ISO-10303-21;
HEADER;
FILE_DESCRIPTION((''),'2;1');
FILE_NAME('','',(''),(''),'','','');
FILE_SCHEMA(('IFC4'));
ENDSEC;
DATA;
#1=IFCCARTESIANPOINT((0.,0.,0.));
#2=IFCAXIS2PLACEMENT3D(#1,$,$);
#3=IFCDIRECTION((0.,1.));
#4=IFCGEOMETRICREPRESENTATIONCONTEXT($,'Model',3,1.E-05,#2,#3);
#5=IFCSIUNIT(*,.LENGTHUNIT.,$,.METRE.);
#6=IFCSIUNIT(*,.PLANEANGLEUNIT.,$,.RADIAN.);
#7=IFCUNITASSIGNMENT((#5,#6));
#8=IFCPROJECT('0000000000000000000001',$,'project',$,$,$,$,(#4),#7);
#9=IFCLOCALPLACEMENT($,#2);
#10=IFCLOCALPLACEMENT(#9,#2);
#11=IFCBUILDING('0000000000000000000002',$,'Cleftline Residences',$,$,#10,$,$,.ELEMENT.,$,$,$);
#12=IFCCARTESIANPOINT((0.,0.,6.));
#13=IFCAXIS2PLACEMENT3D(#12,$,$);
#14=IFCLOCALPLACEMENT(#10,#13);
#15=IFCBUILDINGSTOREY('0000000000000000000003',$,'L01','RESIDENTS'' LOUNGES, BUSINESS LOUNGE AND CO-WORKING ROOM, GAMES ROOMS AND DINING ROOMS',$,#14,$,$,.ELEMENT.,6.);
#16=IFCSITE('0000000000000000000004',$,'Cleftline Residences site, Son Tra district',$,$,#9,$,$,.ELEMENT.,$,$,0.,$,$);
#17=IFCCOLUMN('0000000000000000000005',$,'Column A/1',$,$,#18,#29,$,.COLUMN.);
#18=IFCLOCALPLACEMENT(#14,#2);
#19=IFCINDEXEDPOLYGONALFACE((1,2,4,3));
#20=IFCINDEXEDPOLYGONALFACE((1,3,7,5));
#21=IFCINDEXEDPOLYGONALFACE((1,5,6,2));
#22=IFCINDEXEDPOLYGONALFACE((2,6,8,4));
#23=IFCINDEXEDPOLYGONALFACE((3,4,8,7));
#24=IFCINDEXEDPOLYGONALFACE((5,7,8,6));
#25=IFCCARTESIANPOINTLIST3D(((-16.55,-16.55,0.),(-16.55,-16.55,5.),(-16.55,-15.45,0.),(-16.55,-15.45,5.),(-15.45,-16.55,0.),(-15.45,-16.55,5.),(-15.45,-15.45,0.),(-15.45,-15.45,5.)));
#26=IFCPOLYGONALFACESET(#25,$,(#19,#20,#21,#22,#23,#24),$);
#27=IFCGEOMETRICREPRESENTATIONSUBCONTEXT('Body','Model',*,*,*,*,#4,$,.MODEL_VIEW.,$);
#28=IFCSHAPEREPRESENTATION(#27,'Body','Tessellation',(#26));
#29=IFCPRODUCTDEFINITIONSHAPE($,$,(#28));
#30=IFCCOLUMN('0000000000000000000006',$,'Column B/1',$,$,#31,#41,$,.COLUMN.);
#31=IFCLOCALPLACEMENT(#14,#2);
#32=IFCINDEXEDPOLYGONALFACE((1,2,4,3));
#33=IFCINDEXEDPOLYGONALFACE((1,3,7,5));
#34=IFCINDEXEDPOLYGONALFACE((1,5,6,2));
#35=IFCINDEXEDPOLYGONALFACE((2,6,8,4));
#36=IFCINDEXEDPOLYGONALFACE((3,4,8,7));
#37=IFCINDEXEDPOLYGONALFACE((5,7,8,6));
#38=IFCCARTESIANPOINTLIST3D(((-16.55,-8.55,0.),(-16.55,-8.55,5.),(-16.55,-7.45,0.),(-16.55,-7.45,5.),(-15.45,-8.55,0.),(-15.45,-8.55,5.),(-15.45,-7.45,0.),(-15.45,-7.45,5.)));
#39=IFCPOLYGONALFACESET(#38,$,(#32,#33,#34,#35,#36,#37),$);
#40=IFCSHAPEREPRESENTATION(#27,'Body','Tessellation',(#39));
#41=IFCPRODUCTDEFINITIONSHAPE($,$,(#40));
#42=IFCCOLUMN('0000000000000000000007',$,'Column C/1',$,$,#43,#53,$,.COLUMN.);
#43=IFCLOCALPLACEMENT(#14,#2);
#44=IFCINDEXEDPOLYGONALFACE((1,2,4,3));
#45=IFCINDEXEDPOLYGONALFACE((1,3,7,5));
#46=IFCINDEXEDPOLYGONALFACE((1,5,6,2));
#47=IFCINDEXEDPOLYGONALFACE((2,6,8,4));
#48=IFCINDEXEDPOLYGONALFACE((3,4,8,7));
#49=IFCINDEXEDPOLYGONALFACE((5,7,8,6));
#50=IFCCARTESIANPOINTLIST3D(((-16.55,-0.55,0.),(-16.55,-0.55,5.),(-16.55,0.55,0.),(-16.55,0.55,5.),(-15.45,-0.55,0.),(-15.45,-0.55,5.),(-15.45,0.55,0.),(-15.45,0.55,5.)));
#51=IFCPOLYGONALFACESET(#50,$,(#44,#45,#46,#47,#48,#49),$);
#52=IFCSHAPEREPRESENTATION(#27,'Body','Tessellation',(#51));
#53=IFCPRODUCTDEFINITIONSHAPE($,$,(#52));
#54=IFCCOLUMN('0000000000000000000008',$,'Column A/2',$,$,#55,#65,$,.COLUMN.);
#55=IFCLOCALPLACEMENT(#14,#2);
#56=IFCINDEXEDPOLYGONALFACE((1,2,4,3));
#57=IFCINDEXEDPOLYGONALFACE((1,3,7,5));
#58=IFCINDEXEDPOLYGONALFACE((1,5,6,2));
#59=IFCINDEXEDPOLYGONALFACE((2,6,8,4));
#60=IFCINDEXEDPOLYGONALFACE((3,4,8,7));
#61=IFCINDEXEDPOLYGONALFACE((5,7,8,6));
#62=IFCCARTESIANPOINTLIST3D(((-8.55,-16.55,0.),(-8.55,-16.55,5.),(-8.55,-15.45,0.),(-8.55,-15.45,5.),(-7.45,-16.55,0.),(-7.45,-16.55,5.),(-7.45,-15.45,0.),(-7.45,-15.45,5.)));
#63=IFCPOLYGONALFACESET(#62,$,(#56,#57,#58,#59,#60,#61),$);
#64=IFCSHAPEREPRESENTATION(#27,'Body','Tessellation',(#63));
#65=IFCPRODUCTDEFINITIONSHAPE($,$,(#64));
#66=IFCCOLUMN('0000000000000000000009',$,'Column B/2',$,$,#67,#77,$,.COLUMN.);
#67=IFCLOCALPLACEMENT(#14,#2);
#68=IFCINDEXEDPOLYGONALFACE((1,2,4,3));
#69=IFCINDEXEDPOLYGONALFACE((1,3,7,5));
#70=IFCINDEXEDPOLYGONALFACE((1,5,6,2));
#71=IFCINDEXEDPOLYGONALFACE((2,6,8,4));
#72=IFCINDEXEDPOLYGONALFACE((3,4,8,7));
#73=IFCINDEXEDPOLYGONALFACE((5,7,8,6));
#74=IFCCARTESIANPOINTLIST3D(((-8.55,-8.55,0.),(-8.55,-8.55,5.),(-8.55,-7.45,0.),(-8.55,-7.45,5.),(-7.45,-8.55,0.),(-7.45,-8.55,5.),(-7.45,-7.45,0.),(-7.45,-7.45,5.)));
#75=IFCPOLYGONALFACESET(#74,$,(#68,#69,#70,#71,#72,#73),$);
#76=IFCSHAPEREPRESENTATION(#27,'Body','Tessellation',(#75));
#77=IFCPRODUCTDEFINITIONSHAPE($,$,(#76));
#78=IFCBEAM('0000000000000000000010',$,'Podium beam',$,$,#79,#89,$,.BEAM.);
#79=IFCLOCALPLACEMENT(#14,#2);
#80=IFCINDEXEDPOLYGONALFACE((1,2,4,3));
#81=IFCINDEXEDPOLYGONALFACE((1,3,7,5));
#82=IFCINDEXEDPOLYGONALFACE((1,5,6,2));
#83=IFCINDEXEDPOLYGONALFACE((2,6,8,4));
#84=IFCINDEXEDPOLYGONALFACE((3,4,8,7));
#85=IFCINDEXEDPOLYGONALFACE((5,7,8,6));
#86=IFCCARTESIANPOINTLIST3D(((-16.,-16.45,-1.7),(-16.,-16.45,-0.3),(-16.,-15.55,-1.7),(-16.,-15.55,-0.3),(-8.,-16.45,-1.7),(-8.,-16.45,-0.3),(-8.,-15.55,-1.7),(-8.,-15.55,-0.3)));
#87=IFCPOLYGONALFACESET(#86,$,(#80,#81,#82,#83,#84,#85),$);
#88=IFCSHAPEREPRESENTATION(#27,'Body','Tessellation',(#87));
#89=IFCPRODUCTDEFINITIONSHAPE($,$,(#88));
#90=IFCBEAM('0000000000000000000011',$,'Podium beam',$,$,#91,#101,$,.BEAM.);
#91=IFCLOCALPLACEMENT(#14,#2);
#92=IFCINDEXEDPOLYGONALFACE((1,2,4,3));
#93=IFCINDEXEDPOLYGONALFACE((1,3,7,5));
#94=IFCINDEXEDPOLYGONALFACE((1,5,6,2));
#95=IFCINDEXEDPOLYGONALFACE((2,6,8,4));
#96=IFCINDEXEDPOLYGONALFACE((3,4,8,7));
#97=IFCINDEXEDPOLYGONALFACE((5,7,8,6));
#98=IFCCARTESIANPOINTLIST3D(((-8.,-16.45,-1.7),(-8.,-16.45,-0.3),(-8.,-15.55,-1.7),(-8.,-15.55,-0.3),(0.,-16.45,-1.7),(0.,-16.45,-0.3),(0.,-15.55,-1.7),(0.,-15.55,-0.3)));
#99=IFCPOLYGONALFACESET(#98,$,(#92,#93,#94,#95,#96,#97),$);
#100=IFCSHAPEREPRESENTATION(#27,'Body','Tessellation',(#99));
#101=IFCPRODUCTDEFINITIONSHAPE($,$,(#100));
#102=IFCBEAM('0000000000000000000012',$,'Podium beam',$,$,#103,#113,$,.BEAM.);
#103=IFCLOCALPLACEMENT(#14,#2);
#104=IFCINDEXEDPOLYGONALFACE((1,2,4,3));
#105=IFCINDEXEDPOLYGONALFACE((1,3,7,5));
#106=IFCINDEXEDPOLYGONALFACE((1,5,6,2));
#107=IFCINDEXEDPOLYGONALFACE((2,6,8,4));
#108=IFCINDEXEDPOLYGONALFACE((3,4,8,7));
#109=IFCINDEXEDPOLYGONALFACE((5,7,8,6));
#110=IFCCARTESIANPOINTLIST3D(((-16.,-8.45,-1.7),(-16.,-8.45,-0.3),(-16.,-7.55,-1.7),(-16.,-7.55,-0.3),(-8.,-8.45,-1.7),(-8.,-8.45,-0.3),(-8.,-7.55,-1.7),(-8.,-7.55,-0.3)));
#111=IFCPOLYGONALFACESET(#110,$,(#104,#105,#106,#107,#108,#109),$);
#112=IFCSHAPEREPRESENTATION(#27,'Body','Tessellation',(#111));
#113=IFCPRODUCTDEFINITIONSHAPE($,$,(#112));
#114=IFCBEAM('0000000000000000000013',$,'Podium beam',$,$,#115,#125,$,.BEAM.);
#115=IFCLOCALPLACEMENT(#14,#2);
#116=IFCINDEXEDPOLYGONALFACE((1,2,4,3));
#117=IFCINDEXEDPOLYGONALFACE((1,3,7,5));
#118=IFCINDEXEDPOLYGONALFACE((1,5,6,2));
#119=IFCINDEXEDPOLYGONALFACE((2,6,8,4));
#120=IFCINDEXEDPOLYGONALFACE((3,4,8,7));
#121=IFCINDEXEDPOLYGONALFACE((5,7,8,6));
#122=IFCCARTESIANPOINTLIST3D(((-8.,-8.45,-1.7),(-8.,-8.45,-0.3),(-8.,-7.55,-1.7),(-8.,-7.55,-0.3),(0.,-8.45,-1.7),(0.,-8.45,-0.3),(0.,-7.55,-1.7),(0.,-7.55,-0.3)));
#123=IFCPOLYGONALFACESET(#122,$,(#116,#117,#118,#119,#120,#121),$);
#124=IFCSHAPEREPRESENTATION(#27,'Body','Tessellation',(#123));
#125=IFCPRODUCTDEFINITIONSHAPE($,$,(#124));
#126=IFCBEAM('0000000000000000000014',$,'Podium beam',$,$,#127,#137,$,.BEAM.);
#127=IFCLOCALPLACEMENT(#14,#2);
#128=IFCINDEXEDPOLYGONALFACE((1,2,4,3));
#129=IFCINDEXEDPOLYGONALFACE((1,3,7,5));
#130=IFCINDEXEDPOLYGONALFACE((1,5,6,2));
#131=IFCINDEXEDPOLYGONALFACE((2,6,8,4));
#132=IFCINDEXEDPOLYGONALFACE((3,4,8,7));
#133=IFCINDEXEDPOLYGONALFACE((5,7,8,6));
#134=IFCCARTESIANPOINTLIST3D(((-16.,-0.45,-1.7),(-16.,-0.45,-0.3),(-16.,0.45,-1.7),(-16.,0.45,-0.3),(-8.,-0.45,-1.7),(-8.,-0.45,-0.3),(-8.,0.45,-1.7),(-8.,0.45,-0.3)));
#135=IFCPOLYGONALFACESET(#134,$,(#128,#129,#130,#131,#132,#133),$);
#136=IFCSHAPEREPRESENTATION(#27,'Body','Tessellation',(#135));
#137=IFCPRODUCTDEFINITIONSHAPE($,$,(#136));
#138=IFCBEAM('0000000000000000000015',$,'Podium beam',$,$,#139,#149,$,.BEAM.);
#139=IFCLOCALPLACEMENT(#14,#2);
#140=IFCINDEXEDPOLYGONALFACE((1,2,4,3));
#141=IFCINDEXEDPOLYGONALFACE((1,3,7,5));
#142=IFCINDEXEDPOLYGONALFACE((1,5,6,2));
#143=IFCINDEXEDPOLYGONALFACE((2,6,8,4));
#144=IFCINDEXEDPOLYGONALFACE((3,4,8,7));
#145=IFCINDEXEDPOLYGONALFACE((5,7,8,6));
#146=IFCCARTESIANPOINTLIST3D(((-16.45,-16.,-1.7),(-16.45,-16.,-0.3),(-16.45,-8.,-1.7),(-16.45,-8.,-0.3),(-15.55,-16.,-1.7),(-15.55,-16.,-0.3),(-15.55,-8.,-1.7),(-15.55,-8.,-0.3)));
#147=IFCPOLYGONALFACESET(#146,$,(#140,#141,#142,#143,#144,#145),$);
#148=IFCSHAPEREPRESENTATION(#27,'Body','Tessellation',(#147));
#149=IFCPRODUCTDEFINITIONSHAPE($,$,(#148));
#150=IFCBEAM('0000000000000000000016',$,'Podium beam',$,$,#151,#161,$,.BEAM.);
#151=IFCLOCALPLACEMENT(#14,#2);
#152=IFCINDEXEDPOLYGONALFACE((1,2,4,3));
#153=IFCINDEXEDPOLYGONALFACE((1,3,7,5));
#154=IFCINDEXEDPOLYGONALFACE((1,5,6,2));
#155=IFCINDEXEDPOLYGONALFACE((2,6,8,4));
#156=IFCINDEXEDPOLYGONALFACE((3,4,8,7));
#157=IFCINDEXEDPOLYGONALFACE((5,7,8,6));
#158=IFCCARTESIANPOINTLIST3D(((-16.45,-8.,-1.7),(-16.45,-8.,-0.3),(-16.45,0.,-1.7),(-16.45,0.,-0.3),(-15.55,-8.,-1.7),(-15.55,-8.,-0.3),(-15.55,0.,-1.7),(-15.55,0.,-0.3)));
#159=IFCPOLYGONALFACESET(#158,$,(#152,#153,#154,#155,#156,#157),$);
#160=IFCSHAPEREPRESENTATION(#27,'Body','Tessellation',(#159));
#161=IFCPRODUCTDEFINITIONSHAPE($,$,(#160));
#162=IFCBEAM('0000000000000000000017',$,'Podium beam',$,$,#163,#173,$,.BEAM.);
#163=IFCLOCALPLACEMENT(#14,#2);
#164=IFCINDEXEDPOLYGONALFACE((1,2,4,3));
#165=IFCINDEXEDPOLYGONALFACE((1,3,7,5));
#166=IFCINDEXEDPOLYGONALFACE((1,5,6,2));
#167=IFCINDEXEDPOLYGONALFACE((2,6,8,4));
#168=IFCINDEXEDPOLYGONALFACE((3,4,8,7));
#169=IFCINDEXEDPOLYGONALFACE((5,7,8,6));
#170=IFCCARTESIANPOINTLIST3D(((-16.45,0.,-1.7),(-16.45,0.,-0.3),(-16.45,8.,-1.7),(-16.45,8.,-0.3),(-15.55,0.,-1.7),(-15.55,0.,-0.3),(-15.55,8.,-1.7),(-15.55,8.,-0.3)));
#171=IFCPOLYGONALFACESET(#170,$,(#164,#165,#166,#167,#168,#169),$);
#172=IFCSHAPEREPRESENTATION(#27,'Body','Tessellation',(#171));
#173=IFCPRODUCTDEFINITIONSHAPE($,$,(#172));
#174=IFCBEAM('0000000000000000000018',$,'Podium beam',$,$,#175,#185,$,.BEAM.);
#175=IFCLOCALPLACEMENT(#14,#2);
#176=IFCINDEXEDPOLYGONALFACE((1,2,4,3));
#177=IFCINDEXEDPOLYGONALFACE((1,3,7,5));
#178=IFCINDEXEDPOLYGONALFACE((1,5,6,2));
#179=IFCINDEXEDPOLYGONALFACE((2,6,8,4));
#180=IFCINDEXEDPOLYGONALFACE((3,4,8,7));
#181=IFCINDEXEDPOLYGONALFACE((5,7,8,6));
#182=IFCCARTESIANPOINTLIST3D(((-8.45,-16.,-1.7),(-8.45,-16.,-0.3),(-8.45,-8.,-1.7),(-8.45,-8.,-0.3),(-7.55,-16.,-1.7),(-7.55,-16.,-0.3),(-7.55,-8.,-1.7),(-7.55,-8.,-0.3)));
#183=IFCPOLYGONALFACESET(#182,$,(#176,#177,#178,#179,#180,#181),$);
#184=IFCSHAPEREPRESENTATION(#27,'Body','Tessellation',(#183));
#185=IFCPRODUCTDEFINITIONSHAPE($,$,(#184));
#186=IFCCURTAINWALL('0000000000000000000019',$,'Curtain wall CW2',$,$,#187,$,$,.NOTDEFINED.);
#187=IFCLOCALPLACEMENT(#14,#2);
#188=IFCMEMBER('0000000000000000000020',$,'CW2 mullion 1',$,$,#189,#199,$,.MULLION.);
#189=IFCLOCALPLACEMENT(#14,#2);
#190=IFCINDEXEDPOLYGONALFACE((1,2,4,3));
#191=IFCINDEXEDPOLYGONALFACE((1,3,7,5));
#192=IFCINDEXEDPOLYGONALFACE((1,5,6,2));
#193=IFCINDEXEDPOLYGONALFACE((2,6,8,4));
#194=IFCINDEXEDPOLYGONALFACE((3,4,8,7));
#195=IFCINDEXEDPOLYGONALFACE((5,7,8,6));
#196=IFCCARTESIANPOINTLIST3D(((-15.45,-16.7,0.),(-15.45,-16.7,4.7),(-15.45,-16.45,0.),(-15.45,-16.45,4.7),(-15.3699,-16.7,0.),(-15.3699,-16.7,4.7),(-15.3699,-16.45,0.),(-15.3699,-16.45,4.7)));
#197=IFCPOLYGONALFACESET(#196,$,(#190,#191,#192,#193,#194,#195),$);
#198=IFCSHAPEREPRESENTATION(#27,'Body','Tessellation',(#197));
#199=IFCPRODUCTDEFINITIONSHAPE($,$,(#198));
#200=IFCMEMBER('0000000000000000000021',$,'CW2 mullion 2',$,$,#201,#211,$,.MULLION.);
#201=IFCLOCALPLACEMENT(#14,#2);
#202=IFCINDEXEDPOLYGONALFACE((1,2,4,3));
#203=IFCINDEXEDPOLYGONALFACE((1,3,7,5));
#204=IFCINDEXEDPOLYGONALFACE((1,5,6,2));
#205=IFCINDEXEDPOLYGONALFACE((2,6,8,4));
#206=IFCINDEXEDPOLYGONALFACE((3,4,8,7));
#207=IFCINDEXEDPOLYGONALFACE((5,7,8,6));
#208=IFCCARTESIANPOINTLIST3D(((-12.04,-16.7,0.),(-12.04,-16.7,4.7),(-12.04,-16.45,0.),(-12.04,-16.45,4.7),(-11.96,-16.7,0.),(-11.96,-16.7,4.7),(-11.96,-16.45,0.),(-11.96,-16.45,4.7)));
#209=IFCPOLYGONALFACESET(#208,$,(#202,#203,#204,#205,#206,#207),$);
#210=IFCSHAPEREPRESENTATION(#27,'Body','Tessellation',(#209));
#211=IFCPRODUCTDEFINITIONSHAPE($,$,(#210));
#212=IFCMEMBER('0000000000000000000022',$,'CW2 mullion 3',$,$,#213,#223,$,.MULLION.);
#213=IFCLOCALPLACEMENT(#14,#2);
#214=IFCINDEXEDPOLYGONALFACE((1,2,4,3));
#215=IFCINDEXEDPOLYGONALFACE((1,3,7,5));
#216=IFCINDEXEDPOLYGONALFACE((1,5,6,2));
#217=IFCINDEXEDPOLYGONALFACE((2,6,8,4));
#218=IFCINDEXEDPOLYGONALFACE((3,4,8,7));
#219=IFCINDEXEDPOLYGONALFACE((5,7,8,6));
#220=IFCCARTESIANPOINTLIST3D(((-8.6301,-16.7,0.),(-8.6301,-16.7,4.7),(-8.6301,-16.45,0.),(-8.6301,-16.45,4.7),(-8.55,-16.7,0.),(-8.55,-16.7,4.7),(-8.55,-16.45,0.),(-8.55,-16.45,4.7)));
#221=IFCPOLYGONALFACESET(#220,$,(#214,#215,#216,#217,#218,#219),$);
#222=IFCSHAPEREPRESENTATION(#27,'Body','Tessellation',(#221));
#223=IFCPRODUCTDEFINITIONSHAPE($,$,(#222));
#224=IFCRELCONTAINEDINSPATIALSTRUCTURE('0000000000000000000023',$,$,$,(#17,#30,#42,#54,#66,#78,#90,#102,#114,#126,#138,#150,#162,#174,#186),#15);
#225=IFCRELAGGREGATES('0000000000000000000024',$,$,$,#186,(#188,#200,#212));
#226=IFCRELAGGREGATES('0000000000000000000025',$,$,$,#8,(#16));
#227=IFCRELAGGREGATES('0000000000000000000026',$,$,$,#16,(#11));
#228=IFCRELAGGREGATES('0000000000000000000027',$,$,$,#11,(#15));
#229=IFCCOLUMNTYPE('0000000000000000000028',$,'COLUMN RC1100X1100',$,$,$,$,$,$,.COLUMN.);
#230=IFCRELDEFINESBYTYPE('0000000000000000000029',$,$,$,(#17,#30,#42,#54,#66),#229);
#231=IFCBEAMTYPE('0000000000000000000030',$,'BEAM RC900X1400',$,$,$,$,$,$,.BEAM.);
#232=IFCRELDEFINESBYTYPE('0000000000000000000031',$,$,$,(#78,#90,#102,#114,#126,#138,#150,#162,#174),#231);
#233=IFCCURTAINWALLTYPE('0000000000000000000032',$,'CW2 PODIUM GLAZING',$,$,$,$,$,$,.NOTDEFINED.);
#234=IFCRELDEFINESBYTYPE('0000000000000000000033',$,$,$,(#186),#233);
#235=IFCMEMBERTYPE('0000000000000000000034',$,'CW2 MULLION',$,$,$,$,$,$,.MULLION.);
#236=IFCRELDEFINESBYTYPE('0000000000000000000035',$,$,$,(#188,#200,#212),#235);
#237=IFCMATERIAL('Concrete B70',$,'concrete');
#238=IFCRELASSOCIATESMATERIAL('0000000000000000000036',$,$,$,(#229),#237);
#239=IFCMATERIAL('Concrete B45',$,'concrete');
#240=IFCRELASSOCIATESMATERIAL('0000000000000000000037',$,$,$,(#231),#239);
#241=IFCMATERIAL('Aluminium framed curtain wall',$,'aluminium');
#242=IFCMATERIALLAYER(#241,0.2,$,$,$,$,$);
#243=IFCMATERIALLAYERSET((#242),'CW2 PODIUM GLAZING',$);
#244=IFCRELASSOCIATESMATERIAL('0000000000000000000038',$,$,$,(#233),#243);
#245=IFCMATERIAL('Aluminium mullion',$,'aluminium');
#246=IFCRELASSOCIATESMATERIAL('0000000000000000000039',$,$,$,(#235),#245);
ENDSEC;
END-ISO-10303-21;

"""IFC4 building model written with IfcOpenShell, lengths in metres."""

from ifc_helpers import new_model, si_unit, direction, frame, origin, origin_2d, place, context, subcontext, project, spatial, rectangle, extrude, material, layer, layer_set, material_profile, profile_set, type_object, element, aggregate, save


model = new_model("IFC4")

# Units and contexts
model_context = context("Model", 3, precision=1e-05, world=origin(), true_north=direction((0.0, 1.0)))
body_context = subcontext(model_context, "Body", "Model", "MODEL_VIEW")
ifc_project = project(units=[si_unit("LENGTHUNIT", "METRE"), si_unit("PLANEANGLEUNIT", "RADIAN")], contexts=[model_context])

# Site, building, storey
site_placement = place(None, origin())
site = spatial("IfcSite", under=ifc_project, at=site_placement, Name="Cleftline Residences site, Son Tra district", CompositionType="ELEMENT", RefElevation=0.0)
building_placement = place(site_placement, origin())
building = spatial("IfcBuilding", under=site, at=building_placement, Name="Cleftline Residences", CompositionType="ELEMENT")
storey_placement = place(building_placement, frame((0.0, 0.0, 6.0)))
storey = spatial("IfcBuildingStorey", under=building, at=storey_placement, Name="L01", Description="RESIDENTS' LOUNGES, BUSINESS LOUNGE AND CO-WORKING ROOM, GAMES ROOMS AND DINING ROOMS", CompositionType="ELEMENT", Elevation=6.0)

# Columns
ifc_material_1 = material(Name="Concrete B70", Category="concrete")
ifc_material_profile_1 = material_profile(ifc_material_1, rectangle(XDim=1.1001, YDim=1.1001, at=origin_2d()))
ifc_profile_set_1 = profile_set([ifc_material_profile_1], Name="Concrete B70")
column_type = type_object("IfcColumnType", Name="COLUMN RC1100X1100", PredefinedType="COLUMN", material=ifc_profile_set_1)
for number, where, z_axis, x_axis, name in (
    (1, (-16.0, -16.0, 0.0), (0.0, 0.0, 1.0), (1.0, 0.0, 0.0), "Column A/1"),
    (2, (-16.0, -8.0, 0.0), (0.0, 0.0, 1.0), (1.0, 0.0, 0.0), "Column B/1"),
    (3, (-16.0, 0.0, 0.0), (0.0, 0.0, 1.0), (1.0, 0.0, 0.0), "Column C/1"),
    (4, (-8.0, -16.0, 0.0), (0.0, 0.0, 1.0), (1.0, 0.0, 0.0), "Column A/2"),
    (5, (-8.0, -8.0, 0.0), (0.0, 0.0, 1.0), (1.0, 0.0, 0.0), "Column B/2"),
):
    element("IfcColumn", number, at=place(storey_placement, frame(where, z_axis=z_axis, x_axis=x_axis)), inside=storey, type_object=column_type, Name=name, PredefinedType="COLUMN", context=body_context, shape_type="SweptSolid", body=[
        extrude(rectangle(XDim=1.1001, YDim=1.1001, at=origin_2d()), origin(), (0.0, 0.0, 1.0), 5.0),
    ])

# Beams
ifc_material_2 = material(Name="Concrete B45", Category="concrete")
ifc_material_profile_2 = material_profile(ifc_material_2, rectangle(XDim=0.8999, YDim=1.3999, at=origin_2d()))
ifc_profile_set_2 = profile_set([ifc_material_profile_2], Name="Concrete B45")
beam_type = type_object("IfcBeamType", Name="BEAM RC900X1400", PredefinedType="BEAM", material=ifc_profile_set_2)
for number, where, z_axis, x_axis, name in (
    (6, (-16.0, -16.0, -1.0), (1.0, 0.0, 0.0), (0.0, 1.0, 0.0), "Podium beam"),
    (7, (-8.0, -16.0, -1.0), (1.0, 0.0, 0.0), (0.0, 1.0, 0.0), "Podium beam"),
    (8, (-16.0, -8.0, -1.0), (1.0, 0.0, 0.0), (0.0, 1.0, 0.0), "Podium beam"),
    (9, (-8.0, -8.0, -1.0), (1.0, 0.0, 0.0), (0.0, 1.0, 0.0), "Podium beam"),
    (10, (-16.0, 0.0, -1.0), (1.0, 0.0, 0.0), (0.0, 1.0, 0.0), "Podium beam"),
    (11, (-16.0, -16.0, -1.0), (0.0, 1.0, 0.0), (-1.0, 0.0, 0.0), "Podium beam"),
    (12, (-16.0, -8.0, -1.0), (0.0, 1.0, 0.0), (-1.0, 0.0, 0.0), "Podium beam"),
    (13, (-16.0, 0.0, -1.0), (0.0, 1.0, 0.0), (-1.0, 0.0, 0.0), "Podium beam"),
    (14, (-8.0, -16.0, -1.0), (0.0, 1.0, 0.0), (-1.0, 0.0, 0.0), "Podium beam"),
):
    element("IfcBeam", number, at=place(storey_placement, frame(where, z_axis=z_axis, x_axis=x_axis)), inside=storey, type_object=beam_type, Name=name, PredefinedType="BEAM", context=body_context, shape_type="SweptSolid", body=[
        extrude(rectangle(XDim=0.8999, YDim=1.3999, at=origin_2d()), origin(), (0.0, 0.0, 1.0), 8.0),
    ])

# Curtain wall, members
ifc_material_3 = material(Name="Aluminium framed curtain wall", Category="aluminium")
ifc_layer_1 = layer(ifc_material_3, 0.2)
ifc_layer_set_1 = layer_set([ifc_layer_1], Name="CW2 PODIUM GLAZING")
curtain_wall_type = type_object("IfcCurtainWallType", Name="CW2 PODIUM GLAZING", PredefinedType="NOTDEFINED", material=ifc_layer_set_1)
curtain_wall_placement = place(storey_placement, origin())
curtain_wall = element("IfcCurtainWall", 15, at=curtain_wall_placement, inside=storey, type_object=curtain_wall_type, Name="Curtain wall CW2", PredefinedType="NOTDEFINED")
ifc_material_4 = material(Name="Aluminium mullion", Category="aluminium")
ifc_material_profile_3 = material_profile(ifc_material_4, rectangle(XDim=0.25, YDim=0.0801, at=origin_2d()))
ifc_profile_set_3 = profile_set([ifc_material_profile_3], Name="Aluminium mullion")
member_type_1 = type_object("IfcMemberType", Name="CW2 MULLION", PredefinedType="MULLION", material=ifc_profile_set_3)
member_1_placement = place(storey_placement, frame((-15.4099, -16.575, 0.0), z_axis=(0.0, 0.0, 1.0), x_axis=(0.0, 1.0, 0.0)))
member_1 = element("IfcMember", 16, at=member_1_placement, type_object=member_type_1, Name="CW2 mullion 1", PredefinedType="MULLION", context=body_context, shape_type="SweptSolid", body=[
    extrude(rectangle(XDim=0.25, YDim=0.0801, at=origin_2d()), origin(), (0.0, 0.0, 1.0), 4.7),
])
member_2_placement = place(storey_placement, frame((-12.0, -16.575, 0.0), z_axis=(0.0, 0.0, 1.0), x_axis=(0.0, 1.0, 0.0)))
member_2 = element("IfcMember", 17, at=member_2_placement, type_object=member_type_1, Name="CW2 mullion 2", PredefinedType="MULLION", context=body_context, shape_type="SweptSolid", body=[
    extrude(rectangle(XDim=0.25, YDim=0.0801, at=origin_2d()), origin(), (0.0, 0.0, 1.0), 4.7),
])
member_3_placement = place(storey_placement, frame((-8.5901, -16.575, 0.0), z_axis=(0.0, 0.0, 1.0), x_axis=(0.0, 1.0, 0.0)))
member_3 = element("IfcMember", 18, at=member_3_placement, type_object=member_type_1, Name="CW2 mullion 3", PredefinedType="MULLION", context=body_context, shape_type="SweptSolid", body=[
    extrude(rectangle(XDim=0.25, YDim=0.0801, at=origin_2d()), origin(), (0.0, 0.0, 1.0), 4.7),
])
aggregate(curtain_wall, [member_1, member_2, member_3])

save(model, "model.ifc")
